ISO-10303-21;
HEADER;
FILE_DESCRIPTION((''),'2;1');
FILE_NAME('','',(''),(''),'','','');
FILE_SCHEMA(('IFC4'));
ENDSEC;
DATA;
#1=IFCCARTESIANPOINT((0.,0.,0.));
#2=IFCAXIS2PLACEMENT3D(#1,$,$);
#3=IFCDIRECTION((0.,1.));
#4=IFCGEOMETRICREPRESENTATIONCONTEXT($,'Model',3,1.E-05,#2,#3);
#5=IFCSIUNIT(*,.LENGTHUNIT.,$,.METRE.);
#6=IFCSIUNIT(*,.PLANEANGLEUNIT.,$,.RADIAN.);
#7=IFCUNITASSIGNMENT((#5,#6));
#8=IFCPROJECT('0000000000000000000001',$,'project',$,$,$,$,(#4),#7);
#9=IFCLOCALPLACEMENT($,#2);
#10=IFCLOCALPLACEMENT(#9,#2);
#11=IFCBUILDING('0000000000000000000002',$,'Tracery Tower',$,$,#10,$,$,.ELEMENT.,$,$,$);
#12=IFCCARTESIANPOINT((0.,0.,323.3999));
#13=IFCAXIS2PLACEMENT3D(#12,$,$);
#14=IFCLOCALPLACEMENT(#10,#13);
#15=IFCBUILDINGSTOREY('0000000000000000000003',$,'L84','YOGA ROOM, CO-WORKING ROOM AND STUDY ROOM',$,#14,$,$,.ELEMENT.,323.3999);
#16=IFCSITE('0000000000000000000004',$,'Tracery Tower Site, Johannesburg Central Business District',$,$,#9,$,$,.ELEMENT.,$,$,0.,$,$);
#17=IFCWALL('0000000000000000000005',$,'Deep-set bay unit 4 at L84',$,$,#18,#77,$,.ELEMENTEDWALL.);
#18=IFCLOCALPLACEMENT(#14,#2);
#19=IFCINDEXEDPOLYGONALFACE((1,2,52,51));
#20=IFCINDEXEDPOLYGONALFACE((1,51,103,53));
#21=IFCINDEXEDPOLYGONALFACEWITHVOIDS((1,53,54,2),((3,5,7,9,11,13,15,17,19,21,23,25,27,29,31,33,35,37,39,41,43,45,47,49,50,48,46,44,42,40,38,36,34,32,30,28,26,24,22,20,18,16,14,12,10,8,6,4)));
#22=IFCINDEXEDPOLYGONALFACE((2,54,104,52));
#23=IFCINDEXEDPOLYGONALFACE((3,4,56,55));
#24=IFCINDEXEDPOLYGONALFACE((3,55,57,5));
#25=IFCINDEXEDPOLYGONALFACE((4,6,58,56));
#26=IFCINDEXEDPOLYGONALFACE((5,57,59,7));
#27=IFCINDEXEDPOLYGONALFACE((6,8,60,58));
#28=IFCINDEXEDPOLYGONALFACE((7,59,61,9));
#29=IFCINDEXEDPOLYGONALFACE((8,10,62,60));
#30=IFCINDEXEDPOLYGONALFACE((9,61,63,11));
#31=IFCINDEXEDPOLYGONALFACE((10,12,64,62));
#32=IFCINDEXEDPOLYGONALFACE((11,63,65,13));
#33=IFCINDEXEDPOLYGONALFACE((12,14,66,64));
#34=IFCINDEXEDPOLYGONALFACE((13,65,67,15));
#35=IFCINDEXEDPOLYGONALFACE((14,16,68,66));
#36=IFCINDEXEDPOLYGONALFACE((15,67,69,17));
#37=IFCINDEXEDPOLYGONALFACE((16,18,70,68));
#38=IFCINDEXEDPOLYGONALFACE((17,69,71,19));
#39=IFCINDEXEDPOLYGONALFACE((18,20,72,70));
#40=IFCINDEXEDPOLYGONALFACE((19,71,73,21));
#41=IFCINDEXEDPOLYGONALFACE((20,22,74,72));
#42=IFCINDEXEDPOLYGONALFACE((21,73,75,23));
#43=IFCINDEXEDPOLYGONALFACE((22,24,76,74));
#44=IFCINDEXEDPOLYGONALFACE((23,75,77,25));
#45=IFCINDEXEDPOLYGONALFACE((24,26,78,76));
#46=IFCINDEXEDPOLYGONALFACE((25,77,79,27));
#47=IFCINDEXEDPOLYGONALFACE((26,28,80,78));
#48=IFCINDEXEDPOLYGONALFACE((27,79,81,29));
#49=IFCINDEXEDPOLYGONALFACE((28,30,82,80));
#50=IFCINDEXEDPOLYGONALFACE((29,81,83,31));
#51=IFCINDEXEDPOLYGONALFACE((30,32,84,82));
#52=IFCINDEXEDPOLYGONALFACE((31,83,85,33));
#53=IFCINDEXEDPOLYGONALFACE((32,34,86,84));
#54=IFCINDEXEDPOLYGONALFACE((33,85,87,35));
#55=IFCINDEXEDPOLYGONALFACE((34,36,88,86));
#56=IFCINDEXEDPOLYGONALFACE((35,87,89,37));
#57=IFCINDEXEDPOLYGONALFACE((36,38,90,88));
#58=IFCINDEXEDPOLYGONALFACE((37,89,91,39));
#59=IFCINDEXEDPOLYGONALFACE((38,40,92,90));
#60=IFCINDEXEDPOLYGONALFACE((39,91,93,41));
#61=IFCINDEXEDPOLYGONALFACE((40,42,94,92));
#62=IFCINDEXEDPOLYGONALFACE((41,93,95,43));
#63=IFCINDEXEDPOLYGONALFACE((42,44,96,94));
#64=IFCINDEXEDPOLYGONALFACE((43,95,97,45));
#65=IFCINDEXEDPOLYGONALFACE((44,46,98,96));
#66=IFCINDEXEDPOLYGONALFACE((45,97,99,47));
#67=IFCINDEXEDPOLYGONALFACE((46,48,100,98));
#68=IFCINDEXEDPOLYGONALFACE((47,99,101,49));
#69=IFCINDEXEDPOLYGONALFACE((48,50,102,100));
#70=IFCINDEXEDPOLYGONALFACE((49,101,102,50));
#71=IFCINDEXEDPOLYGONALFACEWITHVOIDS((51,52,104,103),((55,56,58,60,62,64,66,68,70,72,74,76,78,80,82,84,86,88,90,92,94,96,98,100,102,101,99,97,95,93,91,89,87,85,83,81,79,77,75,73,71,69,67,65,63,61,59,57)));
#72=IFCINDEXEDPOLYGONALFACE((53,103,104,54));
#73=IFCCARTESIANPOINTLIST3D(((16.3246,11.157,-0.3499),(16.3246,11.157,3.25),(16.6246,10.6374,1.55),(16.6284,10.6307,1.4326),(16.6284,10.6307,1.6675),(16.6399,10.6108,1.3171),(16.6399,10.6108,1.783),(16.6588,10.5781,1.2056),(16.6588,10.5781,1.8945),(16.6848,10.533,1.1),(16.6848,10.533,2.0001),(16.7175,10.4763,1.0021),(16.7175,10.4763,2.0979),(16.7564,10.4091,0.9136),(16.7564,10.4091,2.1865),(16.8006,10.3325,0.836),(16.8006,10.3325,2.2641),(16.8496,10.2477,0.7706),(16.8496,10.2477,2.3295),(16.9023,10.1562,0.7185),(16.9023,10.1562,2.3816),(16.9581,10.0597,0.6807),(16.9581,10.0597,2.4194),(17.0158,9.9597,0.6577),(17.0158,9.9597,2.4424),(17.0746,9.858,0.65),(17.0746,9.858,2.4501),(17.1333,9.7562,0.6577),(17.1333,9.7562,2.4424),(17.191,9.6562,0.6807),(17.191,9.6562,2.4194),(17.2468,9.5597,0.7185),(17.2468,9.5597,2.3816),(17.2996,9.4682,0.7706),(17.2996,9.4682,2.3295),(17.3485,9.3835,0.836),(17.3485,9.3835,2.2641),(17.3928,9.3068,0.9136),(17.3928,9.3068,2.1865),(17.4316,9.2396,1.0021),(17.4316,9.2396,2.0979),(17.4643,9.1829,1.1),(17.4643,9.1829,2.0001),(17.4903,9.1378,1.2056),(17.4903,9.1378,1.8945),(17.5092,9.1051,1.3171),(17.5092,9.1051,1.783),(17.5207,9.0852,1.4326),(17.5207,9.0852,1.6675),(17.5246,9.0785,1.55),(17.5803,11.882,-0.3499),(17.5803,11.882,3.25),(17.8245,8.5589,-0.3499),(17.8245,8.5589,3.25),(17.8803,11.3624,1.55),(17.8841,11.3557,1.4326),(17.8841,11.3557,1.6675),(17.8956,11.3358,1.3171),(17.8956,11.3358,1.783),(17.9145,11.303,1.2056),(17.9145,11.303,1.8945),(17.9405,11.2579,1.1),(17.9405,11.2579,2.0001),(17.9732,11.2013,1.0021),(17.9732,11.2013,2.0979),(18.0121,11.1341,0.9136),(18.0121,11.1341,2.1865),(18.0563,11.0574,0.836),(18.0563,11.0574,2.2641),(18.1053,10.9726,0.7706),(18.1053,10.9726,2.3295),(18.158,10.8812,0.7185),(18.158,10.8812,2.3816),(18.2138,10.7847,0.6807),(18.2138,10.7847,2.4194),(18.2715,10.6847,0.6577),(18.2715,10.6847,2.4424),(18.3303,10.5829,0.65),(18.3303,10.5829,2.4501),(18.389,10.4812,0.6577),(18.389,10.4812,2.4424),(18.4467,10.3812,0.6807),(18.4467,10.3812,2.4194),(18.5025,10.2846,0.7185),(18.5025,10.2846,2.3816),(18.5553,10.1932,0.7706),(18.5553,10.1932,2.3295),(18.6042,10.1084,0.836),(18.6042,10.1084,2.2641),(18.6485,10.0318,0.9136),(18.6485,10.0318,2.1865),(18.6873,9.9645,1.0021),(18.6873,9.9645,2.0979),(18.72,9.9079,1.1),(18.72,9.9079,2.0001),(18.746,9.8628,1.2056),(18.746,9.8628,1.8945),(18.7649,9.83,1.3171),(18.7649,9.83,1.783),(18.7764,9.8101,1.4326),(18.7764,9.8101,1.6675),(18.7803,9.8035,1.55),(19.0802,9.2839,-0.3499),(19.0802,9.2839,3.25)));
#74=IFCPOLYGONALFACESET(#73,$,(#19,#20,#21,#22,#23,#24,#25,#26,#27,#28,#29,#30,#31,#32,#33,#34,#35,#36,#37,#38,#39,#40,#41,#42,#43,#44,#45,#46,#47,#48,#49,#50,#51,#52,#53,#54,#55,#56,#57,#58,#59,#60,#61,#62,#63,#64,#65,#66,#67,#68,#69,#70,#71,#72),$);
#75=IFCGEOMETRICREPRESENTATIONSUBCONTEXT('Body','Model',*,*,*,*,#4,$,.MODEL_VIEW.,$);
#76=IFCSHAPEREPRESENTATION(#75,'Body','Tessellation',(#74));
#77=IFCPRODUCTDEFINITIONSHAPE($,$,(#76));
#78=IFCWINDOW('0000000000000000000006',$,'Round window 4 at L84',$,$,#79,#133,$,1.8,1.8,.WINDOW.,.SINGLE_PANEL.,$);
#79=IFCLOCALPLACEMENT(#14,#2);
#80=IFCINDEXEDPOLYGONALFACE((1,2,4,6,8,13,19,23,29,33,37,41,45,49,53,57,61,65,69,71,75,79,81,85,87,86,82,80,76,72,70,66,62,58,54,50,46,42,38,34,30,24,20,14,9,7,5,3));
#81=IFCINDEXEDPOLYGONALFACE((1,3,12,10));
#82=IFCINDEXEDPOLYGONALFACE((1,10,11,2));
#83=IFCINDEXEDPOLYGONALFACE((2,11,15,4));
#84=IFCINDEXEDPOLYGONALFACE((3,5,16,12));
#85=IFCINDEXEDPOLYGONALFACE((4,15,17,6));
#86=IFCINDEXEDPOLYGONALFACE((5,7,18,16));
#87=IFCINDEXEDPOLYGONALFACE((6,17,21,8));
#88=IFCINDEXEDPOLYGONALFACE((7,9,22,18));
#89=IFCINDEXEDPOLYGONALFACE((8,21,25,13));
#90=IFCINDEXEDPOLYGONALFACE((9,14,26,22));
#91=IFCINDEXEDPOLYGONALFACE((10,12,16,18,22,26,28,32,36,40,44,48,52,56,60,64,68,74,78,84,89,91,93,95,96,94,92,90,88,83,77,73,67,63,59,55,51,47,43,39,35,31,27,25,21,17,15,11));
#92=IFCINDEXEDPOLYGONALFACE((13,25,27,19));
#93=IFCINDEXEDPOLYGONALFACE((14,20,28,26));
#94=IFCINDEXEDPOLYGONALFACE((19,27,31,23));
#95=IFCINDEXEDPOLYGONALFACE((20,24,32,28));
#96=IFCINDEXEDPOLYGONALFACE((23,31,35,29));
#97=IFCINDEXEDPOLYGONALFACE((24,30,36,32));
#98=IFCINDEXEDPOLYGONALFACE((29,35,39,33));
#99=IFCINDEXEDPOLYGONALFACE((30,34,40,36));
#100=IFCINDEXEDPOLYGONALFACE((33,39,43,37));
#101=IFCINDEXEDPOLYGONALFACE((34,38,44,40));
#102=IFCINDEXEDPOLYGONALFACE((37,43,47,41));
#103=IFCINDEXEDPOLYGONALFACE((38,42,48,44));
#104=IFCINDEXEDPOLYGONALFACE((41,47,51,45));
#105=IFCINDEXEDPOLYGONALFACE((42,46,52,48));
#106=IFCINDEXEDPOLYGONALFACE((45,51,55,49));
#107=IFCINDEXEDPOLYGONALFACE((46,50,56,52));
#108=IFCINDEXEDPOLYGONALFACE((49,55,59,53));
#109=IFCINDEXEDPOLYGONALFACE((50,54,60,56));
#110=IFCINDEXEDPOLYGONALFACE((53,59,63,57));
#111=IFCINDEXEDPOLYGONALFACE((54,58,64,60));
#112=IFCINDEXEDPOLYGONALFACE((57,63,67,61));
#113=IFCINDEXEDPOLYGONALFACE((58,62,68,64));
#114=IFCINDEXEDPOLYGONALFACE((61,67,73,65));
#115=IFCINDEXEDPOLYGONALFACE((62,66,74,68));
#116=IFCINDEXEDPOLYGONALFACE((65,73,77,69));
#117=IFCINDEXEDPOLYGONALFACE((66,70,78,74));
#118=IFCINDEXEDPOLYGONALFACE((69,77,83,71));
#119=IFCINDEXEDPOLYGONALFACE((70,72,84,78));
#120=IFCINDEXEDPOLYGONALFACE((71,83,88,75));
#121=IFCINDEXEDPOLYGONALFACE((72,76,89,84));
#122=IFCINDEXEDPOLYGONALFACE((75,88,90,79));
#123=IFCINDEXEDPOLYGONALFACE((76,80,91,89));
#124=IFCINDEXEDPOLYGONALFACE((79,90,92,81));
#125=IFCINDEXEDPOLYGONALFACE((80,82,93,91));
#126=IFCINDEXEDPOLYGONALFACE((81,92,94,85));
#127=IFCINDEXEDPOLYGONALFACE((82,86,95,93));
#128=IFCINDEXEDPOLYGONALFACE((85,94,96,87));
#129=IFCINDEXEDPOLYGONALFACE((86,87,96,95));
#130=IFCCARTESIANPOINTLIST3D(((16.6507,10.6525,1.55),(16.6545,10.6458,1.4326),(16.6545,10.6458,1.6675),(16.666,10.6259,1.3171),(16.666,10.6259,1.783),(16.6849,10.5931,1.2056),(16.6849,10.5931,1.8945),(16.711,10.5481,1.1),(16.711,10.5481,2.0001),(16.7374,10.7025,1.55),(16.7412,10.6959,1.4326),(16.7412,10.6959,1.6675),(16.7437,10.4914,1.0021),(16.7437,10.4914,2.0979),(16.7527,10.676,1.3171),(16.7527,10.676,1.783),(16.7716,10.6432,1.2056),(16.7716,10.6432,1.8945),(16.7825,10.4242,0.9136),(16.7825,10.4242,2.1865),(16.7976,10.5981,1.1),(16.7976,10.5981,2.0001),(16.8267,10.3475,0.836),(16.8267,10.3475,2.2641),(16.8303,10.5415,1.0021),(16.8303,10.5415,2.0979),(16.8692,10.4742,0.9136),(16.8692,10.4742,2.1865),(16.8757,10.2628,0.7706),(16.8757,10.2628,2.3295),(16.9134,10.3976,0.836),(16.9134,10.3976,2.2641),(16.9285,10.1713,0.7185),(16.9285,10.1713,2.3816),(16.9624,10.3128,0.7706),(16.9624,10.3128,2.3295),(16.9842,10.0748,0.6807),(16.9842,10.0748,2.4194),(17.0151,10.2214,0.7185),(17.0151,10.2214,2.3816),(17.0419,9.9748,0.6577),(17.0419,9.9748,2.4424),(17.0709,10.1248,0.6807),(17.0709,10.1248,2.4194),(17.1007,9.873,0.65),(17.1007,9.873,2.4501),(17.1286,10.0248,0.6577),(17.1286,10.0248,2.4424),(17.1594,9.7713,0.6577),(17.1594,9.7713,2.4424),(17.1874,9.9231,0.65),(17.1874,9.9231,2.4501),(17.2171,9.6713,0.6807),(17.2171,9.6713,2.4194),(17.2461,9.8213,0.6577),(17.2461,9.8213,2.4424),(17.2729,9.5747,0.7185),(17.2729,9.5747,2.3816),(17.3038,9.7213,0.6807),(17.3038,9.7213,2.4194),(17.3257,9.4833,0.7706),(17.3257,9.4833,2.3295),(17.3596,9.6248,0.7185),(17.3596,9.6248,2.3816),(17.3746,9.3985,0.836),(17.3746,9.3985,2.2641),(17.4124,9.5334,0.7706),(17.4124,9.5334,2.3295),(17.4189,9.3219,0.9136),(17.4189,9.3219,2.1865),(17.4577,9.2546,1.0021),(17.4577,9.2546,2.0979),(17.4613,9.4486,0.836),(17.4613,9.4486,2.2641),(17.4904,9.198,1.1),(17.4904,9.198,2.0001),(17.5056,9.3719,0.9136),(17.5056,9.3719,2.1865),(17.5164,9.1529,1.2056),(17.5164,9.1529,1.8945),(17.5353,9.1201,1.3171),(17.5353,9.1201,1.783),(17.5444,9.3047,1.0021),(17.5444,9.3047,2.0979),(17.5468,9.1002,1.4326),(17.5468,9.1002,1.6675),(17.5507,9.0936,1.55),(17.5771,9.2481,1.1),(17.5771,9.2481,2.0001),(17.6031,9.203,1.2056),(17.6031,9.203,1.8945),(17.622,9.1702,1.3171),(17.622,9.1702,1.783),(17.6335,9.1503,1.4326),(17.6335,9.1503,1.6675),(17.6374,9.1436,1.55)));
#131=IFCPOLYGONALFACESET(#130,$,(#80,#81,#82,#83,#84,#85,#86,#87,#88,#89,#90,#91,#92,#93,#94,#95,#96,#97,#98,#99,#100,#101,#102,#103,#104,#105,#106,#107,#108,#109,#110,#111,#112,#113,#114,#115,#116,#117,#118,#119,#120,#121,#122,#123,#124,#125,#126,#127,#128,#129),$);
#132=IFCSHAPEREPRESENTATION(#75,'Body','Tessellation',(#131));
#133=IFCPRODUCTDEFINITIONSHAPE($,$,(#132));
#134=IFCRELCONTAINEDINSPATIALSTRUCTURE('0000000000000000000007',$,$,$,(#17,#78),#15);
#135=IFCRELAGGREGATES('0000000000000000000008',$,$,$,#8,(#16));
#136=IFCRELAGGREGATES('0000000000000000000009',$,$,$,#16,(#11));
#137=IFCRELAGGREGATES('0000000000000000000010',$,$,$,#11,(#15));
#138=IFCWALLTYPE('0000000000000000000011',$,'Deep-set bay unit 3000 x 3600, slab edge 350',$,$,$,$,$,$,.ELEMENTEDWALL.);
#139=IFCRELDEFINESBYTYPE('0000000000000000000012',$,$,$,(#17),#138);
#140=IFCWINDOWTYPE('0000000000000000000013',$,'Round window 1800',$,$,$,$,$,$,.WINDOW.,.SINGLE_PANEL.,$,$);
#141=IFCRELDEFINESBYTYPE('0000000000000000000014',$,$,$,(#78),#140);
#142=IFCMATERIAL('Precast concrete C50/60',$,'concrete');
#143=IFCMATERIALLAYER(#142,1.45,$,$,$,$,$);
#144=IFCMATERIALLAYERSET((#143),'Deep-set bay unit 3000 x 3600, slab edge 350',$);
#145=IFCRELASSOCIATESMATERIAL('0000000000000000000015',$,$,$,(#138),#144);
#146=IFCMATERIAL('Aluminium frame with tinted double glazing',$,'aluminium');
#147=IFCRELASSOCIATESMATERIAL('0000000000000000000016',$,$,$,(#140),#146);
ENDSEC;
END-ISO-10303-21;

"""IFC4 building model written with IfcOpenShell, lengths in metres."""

from ifc_helpers import new_model, si_unit, direction, frame, frame_2d, origin, origin_2d, place, context, subcontext, project, spatial, rectangle, circle, extrude, material, layer, layer_set, type_object, element, fill, save


model = new_model("IFC4")

# Units and contexts
model_context = context("Model", 3, precision=1e-05, world=origin(), true_north=direction((0.0, 1.0)))
body_context = subcontext(model_context, "Body", "Model", "MODEL_VIEW")
ifc_project = project(units=[si_unit("LENGTHUNIT", "METRE"), si_unit("PLANEANGLEUNIT", "RADIAN")], contexts=[model_context])

# Site, building, storey
site_placement = place(None, origin())
site = spatial("IfcSite", under=ifc_project, at=site_placement, Name="Tracery Tower Site, Johannesburg Central Business District", CompositionType="ELEMENT", RefElevation=0.0)
building_placement = place(site_placement, origin())
building = spatial("IfcBuilding", under=site, at=building_placement, Name="Tracery Tower", CompositionType="ELEMENT")
storey_placement = place(building_placement, frame((0.0, 0.0, 323.3999)))
storey = spatial("IfcBuildingStorey", under=building, at=storey_placement, Name="L84", Description="YOGA ROOM, CO-WORKING ROOM AND STUDY ROOM", CompositionType="ELEMENT", Elevation=323.3999)

# Wall, opening, window
ifc_material_1 = material(Name="Precast concrete C50/60", Category="concrete")
ifc_layer_1 = layer(ifc_material_1, 1.45)
ifc_layer_set_1 = layer_set([ifc_layer_1], Name="Deep-set bay unit 3000 x 3600, slab edge 350")
wall_type_1 = type_object("IfcWallType", Name="Deep-set bay unit 3000 x 3600, slab edge 350", PredefinedType="ELEMENTEDWALL", material=ifc_layer_set_1)
ifc_material_2 = material(Name="Aluminium frame with tinted double glazing", Category="aluminium")
window_type = type_object("IfcWindowType", Name="Round window 1800", PartitioningType="SINGLE_PANEL", PredefinedType="WINDOW", material=ifc_material_2)
wall_1_placement = place(storey_placement, frame((18.4524, 8.9214, -0.3499), z_axis=(0.0, 0.0, 1.0), x_axis=(-0.49999, 0.866031, 0.0)))
wall_1 = element("IfcWall", 1, at=wall_1_placement, inside=storey, type_object=wall_type_1, Name="Deep-set bay unit 4 at L84", PredefinedType="ELEMENTEDWALL", context=body_context, shape_type="SweptSolid", body=[
    extrude(rectangle(XDim=3.0, YDim=1.45, at=frame_2d((1.5, 0.0))), origin(), (0.0, 0.0, 1.0), 3.5999),
])
opening_1_placement = place(wall_1_placement, frame((1.5, 0.0, 1.8999)))
opening_1 = element("IfcOpeningElement", 2, at=opening_1_placement, cuts=wall_1, PredefinedType="OPENING", context=body_context, shape_type="SweptSolid", body=[
    extrude(circle(Radius=0.9, at=origin_2d()), frame((0.0, 0.7349, 0.0), z_axis=(0.0, -1.0, 0.0), x_axis=(1.0, 0.0, 0.0)), (0.0, 0.0, 1.0), 1.47),
])
window_1_placement = place(opening_1_placement, origin())
window_1 = element("IfcWindow", 3, at=window_1_placement, inside=storey, type_object=window_type, Name="Round window 4 at L84", OverallHeight=1.8, OverallWidth=1.8, PartitioningType="SINGLE_PANEL", PredefinedType="WINDOW", context=body_context, shape_type="SweptSolid", body=[
    extrude(circle(Radius=0.9, at=origin_2d()), frame((0.0, 0.6948, 0.0), z_axis=(0.0, -1.0, 0.0), x_axis=(1.0, 0.0, 0.0)), (0.0, 0.0, 1.0), 0.1001),
])
fill(opening_1, window_1)

save(model, "model.ifc")
